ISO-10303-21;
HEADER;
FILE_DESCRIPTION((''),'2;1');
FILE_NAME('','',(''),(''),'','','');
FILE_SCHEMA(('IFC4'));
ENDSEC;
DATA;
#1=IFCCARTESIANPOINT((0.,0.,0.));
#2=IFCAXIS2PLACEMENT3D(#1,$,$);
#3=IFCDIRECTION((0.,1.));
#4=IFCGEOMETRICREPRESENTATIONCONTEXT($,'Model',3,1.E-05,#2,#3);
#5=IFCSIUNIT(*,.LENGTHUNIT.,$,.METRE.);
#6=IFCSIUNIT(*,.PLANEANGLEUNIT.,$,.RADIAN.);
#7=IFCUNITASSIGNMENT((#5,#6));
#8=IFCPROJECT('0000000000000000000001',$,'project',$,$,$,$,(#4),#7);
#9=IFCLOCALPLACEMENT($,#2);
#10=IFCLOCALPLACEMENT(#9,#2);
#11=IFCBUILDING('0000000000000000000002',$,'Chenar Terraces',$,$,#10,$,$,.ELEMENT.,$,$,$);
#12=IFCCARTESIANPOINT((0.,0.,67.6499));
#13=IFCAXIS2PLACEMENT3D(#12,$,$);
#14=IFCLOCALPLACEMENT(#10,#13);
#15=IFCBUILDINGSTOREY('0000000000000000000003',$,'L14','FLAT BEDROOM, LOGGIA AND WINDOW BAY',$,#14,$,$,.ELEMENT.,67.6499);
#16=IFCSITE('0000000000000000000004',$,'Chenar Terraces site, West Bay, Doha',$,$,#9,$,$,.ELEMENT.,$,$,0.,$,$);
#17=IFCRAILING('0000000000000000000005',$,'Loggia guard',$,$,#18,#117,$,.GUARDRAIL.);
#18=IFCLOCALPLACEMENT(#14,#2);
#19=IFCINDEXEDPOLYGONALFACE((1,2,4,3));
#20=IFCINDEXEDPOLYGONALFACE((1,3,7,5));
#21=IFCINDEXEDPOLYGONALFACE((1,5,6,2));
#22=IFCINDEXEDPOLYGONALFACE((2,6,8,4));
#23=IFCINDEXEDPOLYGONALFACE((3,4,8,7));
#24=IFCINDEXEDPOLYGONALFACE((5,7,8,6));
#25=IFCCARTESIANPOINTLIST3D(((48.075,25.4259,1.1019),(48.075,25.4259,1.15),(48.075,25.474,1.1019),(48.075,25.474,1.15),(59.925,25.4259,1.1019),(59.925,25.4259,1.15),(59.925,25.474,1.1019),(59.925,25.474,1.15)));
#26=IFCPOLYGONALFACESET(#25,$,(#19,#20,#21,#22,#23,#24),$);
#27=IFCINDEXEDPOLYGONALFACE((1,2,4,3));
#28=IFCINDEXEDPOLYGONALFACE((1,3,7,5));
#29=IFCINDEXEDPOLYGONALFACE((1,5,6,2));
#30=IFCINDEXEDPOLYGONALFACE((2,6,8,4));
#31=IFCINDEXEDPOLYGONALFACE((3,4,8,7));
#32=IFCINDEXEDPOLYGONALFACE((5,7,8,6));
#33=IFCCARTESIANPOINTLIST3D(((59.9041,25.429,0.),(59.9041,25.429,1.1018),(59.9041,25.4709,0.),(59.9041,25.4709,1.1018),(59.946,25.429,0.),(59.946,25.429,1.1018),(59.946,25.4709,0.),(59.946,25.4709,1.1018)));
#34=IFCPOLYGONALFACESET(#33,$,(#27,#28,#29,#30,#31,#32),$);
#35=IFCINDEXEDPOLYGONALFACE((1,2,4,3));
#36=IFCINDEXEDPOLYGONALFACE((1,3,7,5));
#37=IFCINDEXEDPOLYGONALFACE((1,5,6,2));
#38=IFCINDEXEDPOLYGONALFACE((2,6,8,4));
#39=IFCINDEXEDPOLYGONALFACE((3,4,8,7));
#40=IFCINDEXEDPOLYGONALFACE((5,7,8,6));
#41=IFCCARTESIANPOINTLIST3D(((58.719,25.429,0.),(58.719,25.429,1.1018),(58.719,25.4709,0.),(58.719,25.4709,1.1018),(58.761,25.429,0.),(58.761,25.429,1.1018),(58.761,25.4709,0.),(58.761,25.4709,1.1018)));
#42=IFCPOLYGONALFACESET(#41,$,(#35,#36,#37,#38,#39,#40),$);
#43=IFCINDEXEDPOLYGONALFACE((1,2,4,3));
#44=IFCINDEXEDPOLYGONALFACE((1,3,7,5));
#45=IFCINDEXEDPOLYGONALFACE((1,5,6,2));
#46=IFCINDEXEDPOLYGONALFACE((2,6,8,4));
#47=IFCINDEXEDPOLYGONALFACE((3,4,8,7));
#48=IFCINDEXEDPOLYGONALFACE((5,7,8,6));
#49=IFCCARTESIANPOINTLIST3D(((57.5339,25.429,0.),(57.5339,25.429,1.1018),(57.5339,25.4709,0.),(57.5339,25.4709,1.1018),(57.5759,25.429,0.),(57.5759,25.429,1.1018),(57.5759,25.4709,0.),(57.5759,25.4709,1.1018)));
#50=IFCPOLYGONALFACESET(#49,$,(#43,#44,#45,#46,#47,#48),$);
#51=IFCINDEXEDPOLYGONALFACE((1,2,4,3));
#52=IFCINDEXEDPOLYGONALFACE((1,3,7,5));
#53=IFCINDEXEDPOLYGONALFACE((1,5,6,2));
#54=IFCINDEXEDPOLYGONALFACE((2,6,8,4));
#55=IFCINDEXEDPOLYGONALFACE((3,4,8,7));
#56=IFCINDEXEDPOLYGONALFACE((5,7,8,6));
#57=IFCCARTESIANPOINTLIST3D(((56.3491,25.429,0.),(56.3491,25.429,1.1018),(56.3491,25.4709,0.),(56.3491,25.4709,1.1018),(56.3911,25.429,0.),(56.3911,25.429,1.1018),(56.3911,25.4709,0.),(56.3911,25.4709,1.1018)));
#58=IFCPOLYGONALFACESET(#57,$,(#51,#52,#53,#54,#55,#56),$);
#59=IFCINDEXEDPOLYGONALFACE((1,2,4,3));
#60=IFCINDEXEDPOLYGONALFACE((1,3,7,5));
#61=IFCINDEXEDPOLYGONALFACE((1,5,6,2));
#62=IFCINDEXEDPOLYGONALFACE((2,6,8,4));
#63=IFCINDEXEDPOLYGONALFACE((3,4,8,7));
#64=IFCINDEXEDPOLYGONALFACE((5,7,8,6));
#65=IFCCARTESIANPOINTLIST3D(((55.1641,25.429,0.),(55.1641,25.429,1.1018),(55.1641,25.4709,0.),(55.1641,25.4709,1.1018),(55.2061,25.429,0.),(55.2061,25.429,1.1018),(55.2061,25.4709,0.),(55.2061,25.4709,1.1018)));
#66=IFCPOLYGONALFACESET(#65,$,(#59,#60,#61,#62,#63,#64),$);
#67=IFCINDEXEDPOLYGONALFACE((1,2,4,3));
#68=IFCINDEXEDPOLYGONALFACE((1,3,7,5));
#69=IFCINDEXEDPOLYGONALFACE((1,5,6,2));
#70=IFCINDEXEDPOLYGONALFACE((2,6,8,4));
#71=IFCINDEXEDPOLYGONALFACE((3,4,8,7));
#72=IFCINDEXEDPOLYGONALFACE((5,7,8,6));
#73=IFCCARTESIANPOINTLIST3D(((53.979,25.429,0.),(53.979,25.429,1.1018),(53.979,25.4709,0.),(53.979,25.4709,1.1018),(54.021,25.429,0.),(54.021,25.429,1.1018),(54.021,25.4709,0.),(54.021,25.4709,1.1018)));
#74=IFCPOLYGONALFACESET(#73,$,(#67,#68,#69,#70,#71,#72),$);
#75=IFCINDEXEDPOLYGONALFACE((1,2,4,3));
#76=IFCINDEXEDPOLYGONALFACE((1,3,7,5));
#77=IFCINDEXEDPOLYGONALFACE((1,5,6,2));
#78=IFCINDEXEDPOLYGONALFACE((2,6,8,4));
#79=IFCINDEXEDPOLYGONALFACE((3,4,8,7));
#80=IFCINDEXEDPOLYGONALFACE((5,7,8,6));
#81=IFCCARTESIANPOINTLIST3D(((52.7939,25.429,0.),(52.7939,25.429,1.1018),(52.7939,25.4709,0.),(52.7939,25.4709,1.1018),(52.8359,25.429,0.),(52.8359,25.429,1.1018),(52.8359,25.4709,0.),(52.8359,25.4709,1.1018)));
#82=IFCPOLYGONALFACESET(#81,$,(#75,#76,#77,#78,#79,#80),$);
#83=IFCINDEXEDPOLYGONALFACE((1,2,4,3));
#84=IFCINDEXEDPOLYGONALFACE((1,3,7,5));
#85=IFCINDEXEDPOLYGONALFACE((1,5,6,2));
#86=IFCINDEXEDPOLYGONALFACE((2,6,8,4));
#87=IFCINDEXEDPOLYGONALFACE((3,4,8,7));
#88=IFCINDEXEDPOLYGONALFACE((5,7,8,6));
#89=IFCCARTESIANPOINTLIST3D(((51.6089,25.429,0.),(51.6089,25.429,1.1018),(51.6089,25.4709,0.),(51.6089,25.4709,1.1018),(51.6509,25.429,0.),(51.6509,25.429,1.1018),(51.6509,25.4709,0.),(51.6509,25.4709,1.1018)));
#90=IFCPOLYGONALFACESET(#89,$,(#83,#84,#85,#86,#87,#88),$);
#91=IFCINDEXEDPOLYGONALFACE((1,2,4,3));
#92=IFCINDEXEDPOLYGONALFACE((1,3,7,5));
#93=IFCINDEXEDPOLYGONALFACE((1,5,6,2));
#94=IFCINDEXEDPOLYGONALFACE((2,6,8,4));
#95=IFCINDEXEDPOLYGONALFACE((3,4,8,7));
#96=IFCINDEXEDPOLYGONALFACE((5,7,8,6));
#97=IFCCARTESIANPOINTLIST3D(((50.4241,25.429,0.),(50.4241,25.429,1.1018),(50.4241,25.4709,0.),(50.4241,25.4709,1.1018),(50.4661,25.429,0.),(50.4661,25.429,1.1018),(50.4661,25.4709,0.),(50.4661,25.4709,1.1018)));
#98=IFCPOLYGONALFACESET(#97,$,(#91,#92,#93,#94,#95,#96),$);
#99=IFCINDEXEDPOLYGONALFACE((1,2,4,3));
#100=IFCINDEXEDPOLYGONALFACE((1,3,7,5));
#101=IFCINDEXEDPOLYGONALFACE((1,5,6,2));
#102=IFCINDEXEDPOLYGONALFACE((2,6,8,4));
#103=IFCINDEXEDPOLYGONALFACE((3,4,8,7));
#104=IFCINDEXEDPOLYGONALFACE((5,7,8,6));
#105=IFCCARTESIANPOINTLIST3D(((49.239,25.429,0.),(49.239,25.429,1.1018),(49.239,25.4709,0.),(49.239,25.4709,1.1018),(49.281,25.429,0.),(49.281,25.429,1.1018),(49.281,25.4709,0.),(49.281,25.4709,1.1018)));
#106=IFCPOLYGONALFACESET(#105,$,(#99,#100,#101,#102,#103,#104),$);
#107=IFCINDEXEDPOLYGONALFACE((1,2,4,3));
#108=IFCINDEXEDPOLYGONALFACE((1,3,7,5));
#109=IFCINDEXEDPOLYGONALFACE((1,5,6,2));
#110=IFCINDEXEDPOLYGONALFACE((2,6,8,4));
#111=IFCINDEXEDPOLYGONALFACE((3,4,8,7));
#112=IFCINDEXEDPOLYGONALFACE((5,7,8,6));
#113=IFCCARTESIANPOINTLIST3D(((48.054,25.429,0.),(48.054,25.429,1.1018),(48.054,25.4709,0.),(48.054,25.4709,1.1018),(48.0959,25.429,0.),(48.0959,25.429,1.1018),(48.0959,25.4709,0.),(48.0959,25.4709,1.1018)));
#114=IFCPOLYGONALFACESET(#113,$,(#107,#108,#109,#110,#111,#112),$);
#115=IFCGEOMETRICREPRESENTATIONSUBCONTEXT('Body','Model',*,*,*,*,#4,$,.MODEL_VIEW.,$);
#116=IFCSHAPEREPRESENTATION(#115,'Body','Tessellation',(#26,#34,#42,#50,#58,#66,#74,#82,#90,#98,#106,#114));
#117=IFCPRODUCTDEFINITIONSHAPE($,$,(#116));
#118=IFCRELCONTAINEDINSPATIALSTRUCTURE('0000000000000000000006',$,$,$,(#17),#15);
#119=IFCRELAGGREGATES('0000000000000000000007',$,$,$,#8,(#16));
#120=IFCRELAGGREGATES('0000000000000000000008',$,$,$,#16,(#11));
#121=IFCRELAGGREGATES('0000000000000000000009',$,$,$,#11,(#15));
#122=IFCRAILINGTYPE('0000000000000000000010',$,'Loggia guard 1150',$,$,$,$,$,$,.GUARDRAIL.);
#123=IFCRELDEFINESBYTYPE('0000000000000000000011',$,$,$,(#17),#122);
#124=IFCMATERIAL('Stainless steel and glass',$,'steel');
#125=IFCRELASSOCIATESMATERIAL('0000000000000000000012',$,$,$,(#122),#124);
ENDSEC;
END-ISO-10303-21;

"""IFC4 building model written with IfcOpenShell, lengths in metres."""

from ifc_helpers import new_model, si_unit, direction, frame, origin, origin_2d, place, context, subcontext, project, spatial, rectangle, extrude, material, type_object, element, save


model = new_model("IFC4")

# Units and contexts
model_context = context("Model", 3, precision=1e-05, world=origin(), true_north=direction((0.0, 1.0)))
body_context = subcontext(model_context, "Body", "Model", "MODEL_VIEW")
ifc_project = project(units=[si_unit("LENGTHUNIT", "METRE"), si_unit("PLANEANGLEUNIT", "RADIAN")], contexts=[model_context])

# Site, building, storey
site_placement = place(None, origin())
site = spatial("IfcSite", under=ifc_project, at=site_placement, Name="Chenar Terraces site, West Bay, Doha", CompositionType="ELEMENT", RefElevation=0.0)
building_placement = place(site_placement, origin())
building = spatial("IfcBuilding", under=site, at=building_placement, Name="Chenar Terraces", CompositionType="ELEMENT")
storey_placement = place(building_placement, frame((0.0, 0.0, 67.6499)))
storey = spatial("IfcBuildingStorey", under=building, at=storey_placement, Name="L14", Description="FLAT BEDROOM, LOGGIA AND WINDOW BAY", CompositionType="ELEMENT", Elevation=67.6499)

# Railing
ifc_material_1 = material(Name="Stainless steel and glass", Category="steel")
railing_type = type_object("IfcRailingType", Name="Loggia guard 1150", PredefinedType="GUARDRAIL", material=ifc_material_1)
railing_placement = place(storey_placement, frame((59.925, 25.45, 0.0)))
element("IfcRailing", 1, at=railing_placement, inside=storey, type_object=railing_type, Name="Loggia guard", PredefinedType="GUARDRAIL", context=body_context, shape_type="SweptSolid", body=[
    extrude(rectangle(XDim=0.0481, YDim=0.0481, at=origin_2d()), frame((0.0, 0.0, 1.126), z_axis=(-1.0, 0.0, 0.0), x_axis=(0.0, -1.0, 0.0)), (0.0, 0.0, 1.0), 11.8501),
    extrude(rectangle(XDim=0.042, YDim=0.042, at=origin_2d()), origin(), (0.0, 0.0, 1.0), 1.1018),
    extrude(rectangle(XDim=0.042, YDim=0.042, at=origin_2d()), frame((-1.1851, 0.0, 0.0)), (0.0, 0.0, 1.0), 1.1018),
    extrude(rectangle(XDim=0.042, YDim=0.042, at=origin_2d()), frame((-2.3701, 0.0, 0.0)), (0.0, 0.0, 1.0), 1.1018),
    extrude(rectangle(XDim=0.042, YDim=0.042, at=origin_2d()), frame((-3.5549, 0.0, 0.0)), (0.0, 0.0, 1.0), 1.1018),
    extrude(rectangle(XDim=0.042, YDim=0.042, at=origin_2d()), frame((-4.74, 0.0, 0.0)), (0.0, 0.0, 1.0), 1.1018),
    extrude(rectangle(XDim=0.042, YDim=0.042, at=origin_2d()), frame((-5.925, 0.0, 0.0)), (0.0, 0.0, 1.0), 1.1018),
    extrude(rectangle(XDim=0.042, YDim=0.042, at=origin_2d()), frame((-7.1101, 0.0, 0.0)), (0.0, 0.0, 1.0), 1.1018),
    extrude(rectangle(XDim=0.042, YDim=0.042, at=origin_2d()), frame((-8.2952, 0.0, 0.0)), (0.0, 0.0, 1.0), 1.1018),
    extrude(rectangle(XDim=0.042, YDim=0.042, at=origin_2d()), frame((-9.48, 0.0, 0.0)), (0.0, 0.0, 1.0), 1.1018),
    extrude(rectangle(XDim=0.042, YDim=0.042, at=origin_2d()), frame((-10.665, 0.0, 0.0)), (0.0, 0.0, 1.0), 1.1018),
    extrude(rectangle(XDim=0.042, YDim=0.042, at=origin_2d()), frame((-11.8501, 0.0, 0.0)), (0.0, 0.0, 1.0), 1.1018),
])

save(model, "model.ifc")
